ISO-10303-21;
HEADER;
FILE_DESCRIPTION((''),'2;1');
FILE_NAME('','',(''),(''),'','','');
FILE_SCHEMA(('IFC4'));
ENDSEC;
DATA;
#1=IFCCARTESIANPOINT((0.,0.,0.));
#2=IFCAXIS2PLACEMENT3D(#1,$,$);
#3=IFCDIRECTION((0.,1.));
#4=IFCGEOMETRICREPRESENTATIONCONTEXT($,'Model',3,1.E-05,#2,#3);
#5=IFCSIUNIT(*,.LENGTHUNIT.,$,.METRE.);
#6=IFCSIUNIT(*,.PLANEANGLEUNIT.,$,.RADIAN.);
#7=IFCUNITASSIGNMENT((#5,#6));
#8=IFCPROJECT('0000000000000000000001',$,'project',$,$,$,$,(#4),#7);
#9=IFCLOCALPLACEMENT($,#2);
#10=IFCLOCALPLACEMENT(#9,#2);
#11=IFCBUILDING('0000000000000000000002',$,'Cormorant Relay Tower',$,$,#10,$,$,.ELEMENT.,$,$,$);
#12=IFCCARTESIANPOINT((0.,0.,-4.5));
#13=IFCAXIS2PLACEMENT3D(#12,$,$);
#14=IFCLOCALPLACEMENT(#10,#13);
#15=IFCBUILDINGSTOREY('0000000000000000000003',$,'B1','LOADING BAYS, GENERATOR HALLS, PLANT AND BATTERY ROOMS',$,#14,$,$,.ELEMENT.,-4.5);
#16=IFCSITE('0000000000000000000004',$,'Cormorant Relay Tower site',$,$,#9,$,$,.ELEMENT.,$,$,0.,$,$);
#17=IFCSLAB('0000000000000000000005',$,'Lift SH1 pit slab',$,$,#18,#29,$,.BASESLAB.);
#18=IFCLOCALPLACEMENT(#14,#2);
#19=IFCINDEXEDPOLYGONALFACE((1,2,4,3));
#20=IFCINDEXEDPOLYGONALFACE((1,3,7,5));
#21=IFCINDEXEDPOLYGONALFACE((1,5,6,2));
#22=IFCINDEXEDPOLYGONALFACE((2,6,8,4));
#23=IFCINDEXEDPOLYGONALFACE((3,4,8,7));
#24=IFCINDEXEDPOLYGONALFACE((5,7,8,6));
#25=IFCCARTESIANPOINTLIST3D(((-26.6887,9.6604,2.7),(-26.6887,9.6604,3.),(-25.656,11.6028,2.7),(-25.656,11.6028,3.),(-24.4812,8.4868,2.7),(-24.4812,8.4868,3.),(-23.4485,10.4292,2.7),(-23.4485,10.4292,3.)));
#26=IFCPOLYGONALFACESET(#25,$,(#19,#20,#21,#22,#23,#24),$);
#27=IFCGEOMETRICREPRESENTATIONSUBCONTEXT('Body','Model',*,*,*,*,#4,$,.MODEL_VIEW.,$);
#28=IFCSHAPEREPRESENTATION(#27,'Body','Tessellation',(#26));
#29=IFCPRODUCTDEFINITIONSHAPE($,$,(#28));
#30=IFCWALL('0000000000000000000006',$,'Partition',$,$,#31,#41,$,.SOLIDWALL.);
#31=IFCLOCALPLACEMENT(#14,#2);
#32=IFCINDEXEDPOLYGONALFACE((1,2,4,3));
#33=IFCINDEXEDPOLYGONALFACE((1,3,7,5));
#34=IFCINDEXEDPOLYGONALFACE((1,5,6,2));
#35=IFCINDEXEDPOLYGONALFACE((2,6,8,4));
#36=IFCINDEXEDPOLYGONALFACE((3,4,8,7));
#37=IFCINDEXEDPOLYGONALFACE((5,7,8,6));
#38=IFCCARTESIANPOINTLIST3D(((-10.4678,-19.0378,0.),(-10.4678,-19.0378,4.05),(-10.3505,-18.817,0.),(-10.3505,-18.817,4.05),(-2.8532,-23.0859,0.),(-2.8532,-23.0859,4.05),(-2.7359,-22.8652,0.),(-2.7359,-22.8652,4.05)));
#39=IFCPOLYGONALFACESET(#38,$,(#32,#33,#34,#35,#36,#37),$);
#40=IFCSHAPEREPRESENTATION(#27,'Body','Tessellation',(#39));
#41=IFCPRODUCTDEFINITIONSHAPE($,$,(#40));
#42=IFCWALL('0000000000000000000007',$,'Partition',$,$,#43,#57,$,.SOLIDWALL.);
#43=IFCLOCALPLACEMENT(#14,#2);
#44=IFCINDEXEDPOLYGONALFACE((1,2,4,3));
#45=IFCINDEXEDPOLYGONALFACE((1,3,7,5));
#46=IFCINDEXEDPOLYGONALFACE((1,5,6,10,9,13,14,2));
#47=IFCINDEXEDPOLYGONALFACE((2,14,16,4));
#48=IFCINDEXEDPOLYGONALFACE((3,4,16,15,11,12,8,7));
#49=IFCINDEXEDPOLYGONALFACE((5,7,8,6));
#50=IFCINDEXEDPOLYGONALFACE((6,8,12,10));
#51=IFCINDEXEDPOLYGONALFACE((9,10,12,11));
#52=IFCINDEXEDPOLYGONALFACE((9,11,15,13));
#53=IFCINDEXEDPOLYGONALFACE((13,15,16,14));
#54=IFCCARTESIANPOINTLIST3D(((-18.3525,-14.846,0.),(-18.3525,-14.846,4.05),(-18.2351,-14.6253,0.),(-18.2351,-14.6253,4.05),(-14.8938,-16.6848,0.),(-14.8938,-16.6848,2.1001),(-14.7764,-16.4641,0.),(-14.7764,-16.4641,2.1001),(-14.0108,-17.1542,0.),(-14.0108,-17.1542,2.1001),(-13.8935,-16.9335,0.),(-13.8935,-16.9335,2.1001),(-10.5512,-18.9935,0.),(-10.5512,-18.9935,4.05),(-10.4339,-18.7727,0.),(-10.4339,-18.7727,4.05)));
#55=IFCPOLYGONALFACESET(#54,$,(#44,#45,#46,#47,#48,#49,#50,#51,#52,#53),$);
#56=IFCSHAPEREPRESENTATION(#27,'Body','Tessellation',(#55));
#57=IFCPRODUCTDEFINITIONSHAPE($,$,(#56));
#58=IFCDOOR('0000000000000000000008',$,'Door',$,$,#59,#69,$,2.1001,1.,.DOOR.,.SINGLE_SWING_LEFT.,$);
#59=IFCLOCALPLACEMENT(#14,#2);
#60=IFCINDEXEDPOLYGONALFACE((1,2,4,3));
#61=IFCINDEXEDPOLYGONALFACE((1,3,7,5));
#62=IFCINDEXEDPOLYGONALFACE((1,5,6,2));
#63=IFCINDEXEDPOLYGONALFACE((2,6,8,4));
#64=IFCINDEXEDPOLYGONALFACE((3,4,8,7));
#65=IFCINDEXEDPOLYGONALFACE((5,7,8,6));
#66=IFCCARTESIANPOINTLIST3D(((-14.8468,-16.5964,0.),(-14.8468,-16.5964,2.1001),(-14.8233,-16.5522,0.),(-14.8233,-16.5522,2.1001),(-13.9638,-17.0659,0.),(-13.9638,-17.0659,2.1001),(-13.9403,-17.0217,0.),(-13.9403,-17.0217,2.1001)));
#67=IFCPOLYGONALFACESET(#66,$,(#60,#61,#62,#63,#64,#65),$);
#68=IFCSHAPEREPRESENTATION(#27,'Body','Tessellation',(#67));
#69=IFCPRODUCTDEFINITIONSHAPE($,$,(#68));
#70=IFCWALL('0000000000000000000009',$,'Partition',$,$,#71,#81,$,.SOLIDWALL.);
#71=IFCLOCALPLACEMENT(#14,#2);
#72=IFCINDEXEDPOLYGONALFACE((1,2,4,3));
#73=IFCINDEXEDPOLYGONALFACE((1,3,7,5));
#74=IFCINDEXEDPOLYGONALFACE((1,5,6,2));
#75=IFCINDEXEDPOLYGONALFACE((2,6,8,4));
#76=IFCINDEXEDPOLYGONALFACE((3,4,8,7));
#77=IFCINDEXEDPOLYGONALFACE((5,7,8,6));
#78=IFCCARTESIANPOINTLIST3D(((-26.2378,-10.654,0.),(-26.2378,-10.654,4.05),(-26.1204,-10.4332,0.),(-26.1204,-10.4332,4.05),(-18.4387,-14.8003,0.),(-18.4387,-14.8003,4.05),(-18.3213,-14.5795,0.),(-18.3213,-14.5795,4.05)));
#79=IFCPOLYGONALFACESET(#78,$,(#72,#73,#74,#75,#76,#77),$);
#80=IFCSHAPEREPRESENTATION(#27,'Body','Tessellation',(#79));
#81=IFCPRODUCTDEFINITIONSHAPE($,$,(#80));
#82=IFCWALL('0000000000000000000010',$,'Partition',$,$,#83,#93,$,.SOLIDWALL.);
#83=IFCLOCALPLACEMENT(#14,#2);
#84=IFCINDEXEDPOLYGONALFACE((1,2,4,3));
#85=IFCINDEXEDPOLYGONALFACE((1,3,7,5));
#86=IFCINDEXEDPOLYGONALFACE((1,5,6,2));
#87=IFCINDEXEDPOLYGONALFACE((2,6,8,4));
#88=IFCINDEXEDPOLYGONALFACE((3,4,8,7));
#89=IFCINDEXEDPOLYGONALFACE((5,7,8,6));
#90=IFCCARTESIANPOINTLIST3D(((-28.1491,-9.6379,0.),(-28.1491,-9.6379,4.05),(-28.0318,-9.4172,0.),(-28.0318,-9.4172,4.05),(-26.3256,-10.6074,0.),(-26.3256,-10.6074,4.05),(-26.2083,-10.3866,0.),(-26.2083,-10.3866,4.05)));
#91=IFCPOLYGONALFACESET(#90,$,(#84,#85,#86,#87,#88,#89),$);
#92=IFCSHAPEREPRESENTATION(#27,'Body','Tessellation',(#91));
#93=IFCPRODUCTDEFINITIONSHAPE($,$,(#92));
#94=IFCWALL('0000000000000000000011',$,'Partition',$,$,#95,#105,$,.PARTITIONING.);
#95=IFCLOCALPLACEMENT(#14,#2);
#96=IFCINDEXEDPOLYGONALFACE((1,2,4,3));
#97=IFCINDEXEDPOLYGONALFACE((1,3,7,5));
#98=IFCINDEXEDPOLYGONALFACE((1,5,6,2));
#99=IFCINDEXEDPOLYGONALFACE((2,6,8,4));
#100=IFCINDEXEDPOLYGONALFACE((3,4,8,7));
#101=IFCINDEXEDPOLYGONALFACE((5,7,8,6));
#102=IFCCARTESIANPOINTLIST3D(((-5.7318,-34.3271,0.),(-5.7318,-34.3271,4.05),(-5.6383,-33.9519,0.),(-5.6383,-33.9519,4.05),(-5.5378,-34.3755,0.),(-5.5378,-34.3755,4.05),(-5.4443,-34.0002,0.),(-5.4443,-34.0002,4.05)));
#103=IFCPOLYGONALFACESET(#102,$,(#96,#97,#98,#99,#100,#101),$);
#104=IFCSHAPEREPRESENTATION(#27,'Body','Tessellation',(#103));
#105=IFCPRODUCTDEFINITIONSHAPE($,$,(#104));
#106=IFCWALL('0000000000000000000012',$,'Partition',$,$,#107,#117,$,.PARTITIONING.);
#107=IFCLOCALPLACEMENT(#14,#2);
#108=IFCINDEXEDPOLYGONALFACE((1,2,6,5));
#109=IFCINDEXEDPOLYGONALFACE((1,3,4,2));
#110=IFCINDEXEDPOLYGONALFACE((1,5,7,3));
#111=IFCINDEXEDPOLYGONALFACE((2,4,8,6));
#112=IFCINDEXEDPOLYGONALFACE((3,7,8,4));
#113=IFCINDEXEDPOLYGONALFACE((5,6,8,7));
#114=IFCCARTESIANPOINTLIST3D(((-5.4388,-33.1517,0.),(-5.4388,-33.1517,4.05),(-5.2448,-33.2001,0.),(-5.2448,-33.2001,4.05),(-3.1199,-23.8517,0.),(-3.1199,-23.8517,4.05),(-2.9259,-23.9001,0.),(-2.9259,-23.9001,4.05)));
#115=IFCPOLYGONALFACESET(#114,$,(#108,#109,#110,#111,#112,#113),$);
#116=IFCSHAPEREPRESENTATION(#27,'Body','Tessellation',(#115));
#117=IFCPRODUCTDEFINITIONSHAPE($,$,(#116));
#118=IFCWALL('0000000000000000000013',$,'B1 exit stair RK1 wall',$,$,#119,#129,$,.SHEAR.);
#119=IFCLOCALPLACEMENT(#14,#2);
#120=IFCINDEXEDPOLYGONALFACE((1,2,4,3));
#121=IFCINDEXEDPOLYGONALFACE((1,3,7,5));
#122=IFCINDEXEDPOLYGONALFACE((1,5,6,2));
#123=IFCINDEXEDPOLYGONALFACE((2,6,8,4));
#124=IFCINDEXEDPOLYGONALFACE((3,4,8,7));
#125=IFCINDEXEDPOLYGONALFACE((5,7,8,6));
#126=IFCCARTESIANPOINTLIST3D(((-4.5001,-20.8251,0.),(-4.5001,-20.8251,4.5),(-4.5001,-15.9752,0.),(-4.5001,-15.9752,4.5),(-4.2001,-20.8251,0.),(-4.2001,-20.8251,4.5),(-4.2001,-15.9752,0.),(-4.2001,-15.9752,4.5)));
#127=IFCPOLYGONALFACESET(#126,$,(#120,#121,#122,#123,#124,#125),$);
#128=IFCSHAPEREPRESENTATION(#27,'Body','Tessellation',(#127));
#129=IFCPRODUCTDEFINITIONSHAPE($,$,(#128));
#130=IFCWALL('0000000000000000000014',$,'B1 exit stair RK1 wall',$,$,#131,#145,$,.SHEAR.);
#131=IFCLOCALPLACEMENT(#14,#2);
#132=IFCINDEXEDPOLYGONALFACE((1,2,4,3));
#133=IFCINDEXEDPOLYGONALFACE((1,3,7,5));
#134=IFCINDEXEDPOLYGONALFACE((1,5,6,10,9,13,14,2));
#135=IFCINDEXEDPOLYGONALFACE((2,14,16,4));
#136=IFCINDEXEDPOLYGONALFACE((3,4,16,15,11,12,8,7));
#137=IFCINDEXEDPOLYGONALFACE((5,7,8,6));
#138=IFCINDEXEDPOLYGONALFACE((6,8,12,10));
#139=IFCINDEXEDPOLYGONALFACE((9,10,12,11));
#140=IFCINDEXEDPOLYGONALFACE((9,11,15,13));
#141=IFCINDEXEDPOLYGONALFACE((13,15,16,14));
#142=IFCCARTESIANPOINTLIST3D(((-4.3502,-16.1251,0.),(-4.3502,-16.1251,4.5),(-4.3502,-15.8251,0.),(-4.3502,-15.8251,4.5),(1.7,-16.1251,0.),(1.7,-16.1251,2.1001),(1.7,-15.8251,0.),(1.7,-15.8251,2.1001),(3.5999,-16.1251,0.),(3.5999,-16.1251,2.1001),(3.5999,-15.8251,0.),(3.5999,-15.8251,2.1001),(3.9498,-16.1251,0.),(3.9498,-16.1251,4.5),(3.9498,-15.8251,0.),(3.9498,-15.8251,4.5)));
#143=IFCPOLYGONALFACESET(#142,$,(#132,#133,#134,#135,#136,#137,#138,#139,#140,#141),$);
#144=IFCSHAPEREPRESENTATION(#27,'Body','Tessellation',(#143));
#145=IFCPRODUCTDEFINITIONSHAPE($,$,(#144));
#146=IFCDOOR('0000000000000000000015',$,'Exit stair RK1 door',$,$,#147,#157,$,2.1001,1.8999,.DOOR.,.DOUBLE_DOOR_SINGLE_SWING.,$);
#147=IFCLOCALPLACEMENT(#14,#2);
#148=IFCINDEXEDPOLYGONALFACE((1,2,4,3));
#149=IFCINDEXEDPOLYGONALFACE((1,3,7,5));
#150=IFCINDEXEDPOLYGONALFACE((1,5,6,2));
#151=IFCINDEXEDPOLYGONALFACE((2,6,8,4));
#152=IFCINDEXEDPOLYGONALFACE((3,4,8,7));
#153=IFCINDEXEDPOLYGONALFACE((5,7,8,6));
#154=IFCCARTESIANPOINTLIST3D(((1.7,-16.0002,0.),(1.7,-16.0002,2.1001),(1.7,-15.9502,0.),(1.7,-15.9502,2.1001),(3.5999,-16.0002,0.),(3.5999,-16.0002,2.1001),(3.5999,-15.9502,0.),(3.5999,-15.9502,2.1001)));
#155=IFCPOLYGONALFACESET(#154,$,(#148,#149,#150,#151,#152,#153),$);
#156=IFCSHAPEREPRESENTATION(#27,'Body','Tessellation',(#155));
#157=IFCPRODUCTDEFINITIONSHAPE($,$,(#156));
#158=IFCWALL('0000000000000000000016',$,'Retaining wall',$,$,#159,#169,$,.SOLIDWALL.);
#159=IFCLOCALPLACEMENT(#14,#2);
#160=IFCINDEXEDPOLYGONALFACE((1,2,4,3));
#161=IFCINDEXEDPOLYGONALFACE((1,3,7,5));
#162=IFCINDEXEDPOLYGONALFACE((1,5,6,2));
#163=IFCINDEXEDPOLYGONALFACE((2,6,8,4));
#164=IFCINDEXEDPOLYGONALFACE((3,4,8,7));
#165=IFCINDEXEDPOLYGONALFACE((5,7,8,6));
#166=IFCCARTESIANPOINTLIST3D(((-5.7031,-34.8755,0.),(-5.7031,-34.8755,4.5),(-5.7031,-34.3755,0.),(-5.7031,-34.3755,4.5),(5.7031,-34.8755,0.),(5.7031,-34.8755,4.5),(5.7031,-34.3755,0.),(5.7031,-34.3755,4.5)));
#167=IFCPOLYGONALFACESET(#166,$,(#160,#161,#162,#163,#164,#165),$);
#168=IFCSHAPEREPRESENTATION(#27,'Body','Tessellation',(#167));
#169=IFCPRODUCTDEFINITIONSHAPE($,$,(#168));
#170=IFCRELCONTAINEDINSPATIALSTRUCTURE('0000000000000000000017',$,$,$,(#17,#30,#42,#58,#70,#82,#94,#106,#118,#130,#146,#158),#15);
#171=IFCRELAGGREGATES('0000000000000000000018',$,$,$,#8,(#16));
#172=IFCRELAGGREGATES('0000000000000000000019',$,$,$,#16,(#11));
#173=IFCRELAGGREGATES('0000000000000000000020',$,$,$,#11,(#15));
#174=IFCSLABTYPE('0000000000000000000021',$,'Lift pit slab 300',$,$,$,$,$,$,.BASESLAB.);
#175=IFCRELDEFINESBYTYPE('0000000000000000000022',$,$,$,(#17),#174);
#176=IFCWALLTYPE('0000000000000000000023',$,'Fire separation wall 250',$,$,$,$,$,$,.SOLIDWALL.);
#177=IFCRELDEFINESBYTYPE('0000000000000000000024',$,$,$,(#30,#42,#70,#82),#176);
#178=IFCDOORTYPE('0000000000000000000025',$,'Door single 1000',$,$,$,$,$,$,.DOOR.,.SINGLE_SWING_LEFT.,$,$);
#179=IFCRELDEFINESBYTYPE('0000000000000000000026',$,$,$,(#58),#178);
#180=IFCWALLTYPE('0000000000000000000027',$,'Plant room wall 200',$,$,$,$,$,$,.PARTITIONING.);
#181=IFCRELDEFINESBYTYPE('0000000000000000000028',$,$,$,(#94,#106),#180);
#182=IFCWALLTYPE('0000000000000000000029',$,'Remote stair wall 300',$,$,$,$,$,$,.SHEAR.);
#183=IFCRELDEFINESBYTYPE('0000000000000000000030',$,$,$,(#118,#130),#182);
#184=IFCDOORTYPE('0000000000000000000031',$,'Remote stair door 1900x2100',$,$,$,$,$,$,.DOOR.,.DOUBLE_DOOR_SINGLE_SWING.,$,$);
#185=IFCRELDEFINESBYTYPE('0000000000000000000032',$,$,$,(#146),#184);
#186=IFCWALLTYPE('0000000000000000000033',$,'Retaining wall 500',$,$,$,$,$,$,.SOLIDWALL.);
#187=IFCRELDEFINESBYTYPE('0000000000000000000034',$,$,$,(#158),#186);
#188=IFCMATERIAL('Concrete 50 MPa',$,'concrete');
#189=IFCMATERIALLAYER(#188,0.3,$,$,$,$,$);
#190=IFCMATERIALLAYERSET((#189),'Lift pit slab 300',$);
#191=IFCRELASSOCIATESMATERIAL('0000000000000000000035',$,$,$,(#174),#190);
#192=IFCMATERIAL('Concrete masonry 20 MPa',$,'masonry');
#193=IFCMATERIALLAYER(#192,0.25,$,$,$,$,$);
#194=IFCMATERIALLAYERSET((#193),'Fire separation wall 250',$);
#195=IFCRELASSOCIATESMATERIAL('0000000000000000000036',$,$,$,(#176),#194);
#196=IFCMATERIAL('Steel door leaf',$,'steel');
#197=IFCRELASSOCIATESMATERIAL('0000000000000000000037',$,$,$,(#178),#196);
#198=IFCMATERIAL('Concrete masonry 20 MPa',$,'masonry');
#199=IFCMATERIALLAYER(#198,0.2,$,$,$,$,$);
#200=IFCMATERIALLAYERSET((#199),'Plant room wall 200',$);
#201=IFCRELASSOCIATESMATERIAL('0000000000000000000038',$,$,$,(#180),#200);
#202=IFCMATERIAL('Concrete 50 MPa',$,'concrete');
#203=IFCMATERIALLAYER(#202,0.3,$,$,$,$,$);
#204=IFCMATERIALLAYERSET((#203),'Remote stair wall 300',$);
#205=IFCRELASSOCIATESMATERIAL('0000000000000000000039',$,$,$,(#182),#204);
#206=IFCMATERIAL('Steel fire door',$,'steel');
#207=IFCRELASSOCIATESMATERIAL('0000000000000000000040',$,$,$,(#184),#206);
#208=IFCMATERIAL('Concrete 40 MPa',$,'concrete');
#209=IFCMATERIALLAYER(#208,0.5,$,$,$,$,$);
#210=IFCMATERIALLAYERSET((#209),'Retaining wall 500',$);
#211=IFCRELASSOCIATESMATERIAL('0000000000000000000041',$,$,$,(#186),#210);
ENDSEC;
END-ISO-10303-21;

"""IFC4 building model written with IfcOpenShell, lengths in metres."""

from ifc_helpers import new_model, si_unit, direction, frame, frame_2d, origin, place, context, subcontext, project, spatial, polyline, rectangle, outline, extrude, material, layer, layer_set, type_object, element, fill, save


model = new_model("IFC4")

# Units and contexts
model_context = context("Model", 3, precision=1e-05, world=origin(), true_north=direction((0.0, 1.0)))
body_context = subcontext(model_context, "Body", "Model", "MODEL_VIEW")
ifc_project = project(units=[si_unit("LENGTHUNIT", "METRE"), si_unit("PLANEANGLEUNIT", "RADIAN")], contexts=[model_context])

# Site, building, storey
site_placement = place(None, origin())
site = spatial("IfcSite", under=ifc_project, at=site_placement, Name="Cormorant Relay Tower site", CompositionType="ELEMENT", RefElevation=0.0)
building_placement = place(site_placement, origin())
building = spatial("IfcBuilding", under=site, at=building_placement, Name="Cormorant Relay Tower", CompositionType="ELEMENT")
storey_placement = place(building_placement, frame((0.0, 0.0, -4.5)))
storey = spatial("IfcBuildingStorey", under=building, at=storey_placement, Name="B1", Description="LOADING BAYS, GENERATOR HALLS, PLANT AND BATTERY ROOMS", CompositionType="ELEMENT", Elevation=-4.5)

# Slab
ifc_material_1 = material(Name="Concrete 50 MPa", Category="concrete")
ifc_layer_1 = layer(ifc_material_1, 0.3)
ifc_layer_set_1 = layer_set([ifc_layer_1], Name="Lift pit slab 300")
slab_type_1 = type_object("IfcSlabType", Name="Lift pit slab 300", PredefinedType="BASESLAB", material=ifc_layer_set_1)
slab_1_placement = place(storey_placement, frame((0.0, 0.0, 2.7)))
element("IfcSlab", 1, at=slab_1_placement, inside=storey, type_object=slab_type_1, Name="Lift SH1 pit slab", PredefinedType="BASESLAB", context=body_context, shape_type="SweptSolid", body=[
    extrude(outline(polyline([(-25.656, 11.6028), (-23.4485, 10.4292), (-24.4812, 8.4868), (-26.6887, 9.6604), (-25.656, 11.6028)])), origin(), (0.0, 0.0, 1.0), 0.3),
])

# Wall
ifc_material_2 = material(Name="Concrete masonry 20 MPa", Category="masonry")
ifc_layer_2 = layer(ifc_material_2, 0.25)
ifc_layer_set_2 = layer_set([ifc_layer_2], Name="Fire separation wall 250")
wall_type_1 = type_object("IfcWallType", Name="Fire separation wall 250", PredefinedType="SOLIDWALL", material=ifc_layer_set_2)
wall_1_placement = place(storey_placement, frame((-2.7944, -22.9756, 0.0), z_axis=(0.0, 0.0, 1.0), x_axis=(-0.882977, 0.469417, 0.0)))
element("IfcWall", 2, at=wall_1_placement, inside=storey, type_object=wall_type_1, Name="Partition", PredefinedType="SOLIDWALL", context=body_context, shape_type="SweptSolid", body=[
    extrude(rectangle(XDim=8.6238, YDim=0.25, at=frame_2d((4.312, 0.0))), origin(), (0.0, 0.0, 1.0), 4.05),
])

# Wall, opening, door
wall_2_placement = place(storey_placement, frame((-10.4927, -18.8831, 0.0), z_axis=(0.0, 0.0, 1.0), x_axis=(-0.882973, 0.469423, 0.0)))
wall_2 = element("IfcWall", 3, at=wall_2_placement, inside=storey, type_object=wall_type_1, Name="Partition", PredefinedType="SOLIDWALL", context=body_context, shape_type="SweptSolid", body=[
    extrude(rectangle(XDim=8.8352, YDim=0.25, at=frame_2d((4.4175, 0.0))), origin(), (0.0, 0.0, 1.0), 4.05),
])
opening_1_placement = place(wall_2_placement, frame((3.918, 0.0, 0.0)))
opening_1 = element("IfcOpeningElement", 4, at=opening_1_placement, cuts=wall_2, PredefinedType="OPENING", context=body_context, shape_type="SweptSolid", body=[
    extrude(rectangle(XDim=1.0, YDim=2.1001, at=frame_2d((0.5, 1.05))), frame((0.0, 0.135, 0.0), z_axis=(0.0, -1.0, 0.0), x_axis=(1.0, 0.0, 0.0)), (0.0, 0.0, 1.0), 0.27),
])
ifc_material_3 = material(Name="Steel door leaf", Category="steel")
door_type_1 = type_object("IfcDoorType", Name="Door single 1000", OperationType="SINGLE_SWING_LEFT", PredefinedType="DOOR", material=ifc_material_3)
door_1_placement = place(opening_1_placement, origin())
door_1 = element("IfcDoor", 5, at=door_1_placement, inside=storey, type_object=door_type_1, Name="Door", OperationType="SINGLE_SWING_LEFT", OverallHeight=2.1001, OverallWidth=1.0, PredefinedType="DOOR", context=body_context, shape_type="SweptSolid", body=[
    extrude(rectangle(XDim=1.0, YDim=2.1001, at=frame_2d((0.5, 1.05))), frame((0.0, 0.0249, 0.0), z_axis=(0.0, -1.0, 0.0), x_axis=(1.0, 0.0, 0.0)), (0.0, 0.0, 1.0), 0.05),
])
fill(opening_1, door_1)

# Walls
wall_3_placement = place(storey_placement, frame((-18.3799, -14.6899, 0.0), z_axis=(0.0, 0.0, 1.0), x_axis=(-0.882976, 0.469419, 0.0)))
element("IfcWall", 6, at=wall_3_placement, inside=storey, type_object=wall_type_1, Name="Partition", PredefinedType="SOLIDWALL", context=body_context, shape_type="SweptSolid", body=[
    extrude(rectangle(XDim=8.8328, YDim=0.25, at=frame_2d((4.4165, 0.0))), origin(), (0.0, 0.0, 1.0), 4.05),
])
wall_4_placement = place(storey_placement, frame((-26.2668, -10.4971, 0.0), z_axis=(0.0, 0.0, 1.0), x_axis=(-0.882964, 0.46944, 0.0)))
element("IfcWall", 7, at=wall_4_placement, inside=storey, type_object=wall_type_1, Name="Partition", PredefinedType="SOLIDWALL", context=body_context, shape_type="SweptSolid", body=[
    extrude(rectangle(XDim=2.0652, YDim=0.25, at=frame_2d((1.0327, 0.0))), origin(), (0.0, 0.0, 1.0), 4.05),
])
ifc_material_4 = material(Name="Concrete masonry 20 MPa", Category="masonry")
ifc_layer_3 = layer(ifc_material_4, 0.2)
ifc_layer_set_3 = layer_set([ifc_layer_3], Name="Plant room wall 200")
wall_type_2 = type_object("IfcWallType", Name="Plant room wall 200", PredefinedType="PARTITIONING", material=ifc_layer_set_3)
wall_5_placement = place(storey_placement, frame((-5.6348, -34.3513, 0.0), z_axis=(0.0, 0.0, 1.0), x_axis=(0.241793, 0.970328, 0.0)))
element("IfcWall", 8, at=wall_5_placement, inside=storey, type_object=wall_type_2, Name="Partition", PredefinedType="PARTITIONING", context=body_context, shape_type="SweptSolid", body=[
    extrude(rectangle(XDim=0.3867, YDim=0.2, at=frame_2d((0.1934, 0.0))), origin(), (0.0, 0.0, 1.0), 4.05),
])
wall_6_placement = place(storey_placement, frame((-5.3418, -33.176, 0.0), z_axis=(0.0, 0.0, 1.0), x_axis=(0.24193, 0.970294, 0.0)))
element("IfcWall", 9, at=wall_6_placement, inside=storey, type_object=wall_type_2, Name="Partition", PredefinedType="PARTITIONING", context=body_context, shape_type="SweptSolid", body=[
    extrude(rectangle(XDim=9.5847, YDim=0.2, at=frame_2d((4.7925, 0.0))), origin(), (0.0, 0.0, 1.0), 4.05),
])
ifc_material_5 = material(Name="Concrete 50 MPa", Category="concrete")
ifc_layer_4 = layer(ifc_material_5, 0.3)
ifc_layer_set_4 = layer_set([ifc_layer_4], Name="Remote stair wall 300")
wall_type_3 = type_object("IfcWallType", Name="Remote stair wall 300", PredefinedType="SHEAR", material=ifc_layer_set_4)
wall_7_placement = place(storey_placement, frame((-4.3501, -20.825, 0.0), z_axis=(0.0, 0.0, 1.0), x_axis=(0.0, 1.0, 0.0)))
element("IfcWall", 10, at=wall_7_placement, inside=storey, type_object=wall_type_3, Name="B1 exit stair RK1 wall", PredefinedType="SHEAR", context=body_context, shape_type="SweptSolid", body=[
    extrude(rectangle(XDim=4.8499, YDim=0.3, at=frame_2d((2.4248, 0.0))), origin(), (0.0, 0.0, 1.0), 4.5),
])

# Wall, opening, door
wall_8_placement = place(storey_placement, frame((-4.3501, -15.9751, 0.0), z_axis=(0.0, 0.0, 1.0), x_axis=(1.0, 0.0, 0.0)))
wall_8 = element("IfcWall", 11, at=wall_8_placement, inside=storey, type_object=wall_type_3, Name="B1 exit stair RK1 wall", PredefinedType="SHEAR", context=body_context, shape_type="SweptSolid", body=[
    extrude(rectangle(XDim=8.3, YDim=0.3, at=frame_2d((4.1499, 0.0))), origin(), (0.0, 0.0, 1.0), 4.5),
])
opening_2_placement = place(wall_8_placement, frame((6.05, 0.0, 0.0)))
opening_2 = element("IfcOpeningElement", 12, at=opening_2_placement, cuts=wall_8, PredefinedType="OPENING", context=body_context, shape_type="SweptSolid", body=[
    extrude(rectangle(XDim=1.8999, YDim=2.1001, at=frame_2d((0.95, 1.05))), frame((0.0, 0.1599, 0.0), z_axis=(0.0, -1.0, 0.0), x_axis=(1.0, 0.0, 0.0)), (0.0, 0.0, 1.0), 0.3201),
])
ifc_material_6 = material(Name="Steel fire door", Category="steel")
door_type_2 = type_object("IfcDoorType", Name="Remote stair door 1900x2100", OperationType="DOUBLE_DOOR_SINGLE_SWING", PredefinedType="DOOR", material=ifc_material_6)
door_2_placement = place(opening_2_placement, origin())
door_2 = element("IfcDoor", 13, at=door_2_placement, inside=storey, type_object=door_type_2, Name="Exit stair RK1 door", OperationType="DOUBLE_DOOR_SINGLE_SWING", OverallHeight=2.1001, OverallWidth=1.8999, PredefinedType="DOOR", context=body_context, shape_type="SweptSolid", body=[
    extrude(rectangle(XDim=1.8999, YDim=2.1001, at=frame_2d((0.95, 1.05))), frame((0.0, 0.0249, 0.0), z_axis=(0.0, -1.0, 0.0), x_axis=(1.0, 0.0, 0.0)), (0.0, 0.0, 1.0), 0.05),
])
fill(opening_2, door_2)

# Wall
ifc_material_7 = material(Name="Concrete 40 MPa", Category="concrete")
ifc_layer_5 = layer(ifc_material_7, 0.5)
ifc_layer_set_5 = layer_set([ifc_layer_5], Name="Retaining wall 500")
wall_type_4 = type_object("IfcWallType", Name="Retaining wall 500", PredefinedType="SOLIDWALL", material=ifc_layer_set_5)
wall_9_placement = place(storey_placement, frame((-5.7031, -34.6255, 0.0), z_axis=(0.0, 0.0, 1.0), x_axis=(1.0, 0.0, 0.0)))
element("IfcWall", 14, at=wall_9_placement, inside=storey, type_object=wall_type_4, Name="Retaining wall", PredefinedType="SOLIDWALL", context=body_context, shape_type="SweptSolid", body=[
    extrude(rectangle(XDim=11.4062, YDim=0.5, at=frame_2d((5.7031, 0.0))), origin(), (0.0, 0.0, 1.0), 4.5),
])

save(model, "model.ifc")
